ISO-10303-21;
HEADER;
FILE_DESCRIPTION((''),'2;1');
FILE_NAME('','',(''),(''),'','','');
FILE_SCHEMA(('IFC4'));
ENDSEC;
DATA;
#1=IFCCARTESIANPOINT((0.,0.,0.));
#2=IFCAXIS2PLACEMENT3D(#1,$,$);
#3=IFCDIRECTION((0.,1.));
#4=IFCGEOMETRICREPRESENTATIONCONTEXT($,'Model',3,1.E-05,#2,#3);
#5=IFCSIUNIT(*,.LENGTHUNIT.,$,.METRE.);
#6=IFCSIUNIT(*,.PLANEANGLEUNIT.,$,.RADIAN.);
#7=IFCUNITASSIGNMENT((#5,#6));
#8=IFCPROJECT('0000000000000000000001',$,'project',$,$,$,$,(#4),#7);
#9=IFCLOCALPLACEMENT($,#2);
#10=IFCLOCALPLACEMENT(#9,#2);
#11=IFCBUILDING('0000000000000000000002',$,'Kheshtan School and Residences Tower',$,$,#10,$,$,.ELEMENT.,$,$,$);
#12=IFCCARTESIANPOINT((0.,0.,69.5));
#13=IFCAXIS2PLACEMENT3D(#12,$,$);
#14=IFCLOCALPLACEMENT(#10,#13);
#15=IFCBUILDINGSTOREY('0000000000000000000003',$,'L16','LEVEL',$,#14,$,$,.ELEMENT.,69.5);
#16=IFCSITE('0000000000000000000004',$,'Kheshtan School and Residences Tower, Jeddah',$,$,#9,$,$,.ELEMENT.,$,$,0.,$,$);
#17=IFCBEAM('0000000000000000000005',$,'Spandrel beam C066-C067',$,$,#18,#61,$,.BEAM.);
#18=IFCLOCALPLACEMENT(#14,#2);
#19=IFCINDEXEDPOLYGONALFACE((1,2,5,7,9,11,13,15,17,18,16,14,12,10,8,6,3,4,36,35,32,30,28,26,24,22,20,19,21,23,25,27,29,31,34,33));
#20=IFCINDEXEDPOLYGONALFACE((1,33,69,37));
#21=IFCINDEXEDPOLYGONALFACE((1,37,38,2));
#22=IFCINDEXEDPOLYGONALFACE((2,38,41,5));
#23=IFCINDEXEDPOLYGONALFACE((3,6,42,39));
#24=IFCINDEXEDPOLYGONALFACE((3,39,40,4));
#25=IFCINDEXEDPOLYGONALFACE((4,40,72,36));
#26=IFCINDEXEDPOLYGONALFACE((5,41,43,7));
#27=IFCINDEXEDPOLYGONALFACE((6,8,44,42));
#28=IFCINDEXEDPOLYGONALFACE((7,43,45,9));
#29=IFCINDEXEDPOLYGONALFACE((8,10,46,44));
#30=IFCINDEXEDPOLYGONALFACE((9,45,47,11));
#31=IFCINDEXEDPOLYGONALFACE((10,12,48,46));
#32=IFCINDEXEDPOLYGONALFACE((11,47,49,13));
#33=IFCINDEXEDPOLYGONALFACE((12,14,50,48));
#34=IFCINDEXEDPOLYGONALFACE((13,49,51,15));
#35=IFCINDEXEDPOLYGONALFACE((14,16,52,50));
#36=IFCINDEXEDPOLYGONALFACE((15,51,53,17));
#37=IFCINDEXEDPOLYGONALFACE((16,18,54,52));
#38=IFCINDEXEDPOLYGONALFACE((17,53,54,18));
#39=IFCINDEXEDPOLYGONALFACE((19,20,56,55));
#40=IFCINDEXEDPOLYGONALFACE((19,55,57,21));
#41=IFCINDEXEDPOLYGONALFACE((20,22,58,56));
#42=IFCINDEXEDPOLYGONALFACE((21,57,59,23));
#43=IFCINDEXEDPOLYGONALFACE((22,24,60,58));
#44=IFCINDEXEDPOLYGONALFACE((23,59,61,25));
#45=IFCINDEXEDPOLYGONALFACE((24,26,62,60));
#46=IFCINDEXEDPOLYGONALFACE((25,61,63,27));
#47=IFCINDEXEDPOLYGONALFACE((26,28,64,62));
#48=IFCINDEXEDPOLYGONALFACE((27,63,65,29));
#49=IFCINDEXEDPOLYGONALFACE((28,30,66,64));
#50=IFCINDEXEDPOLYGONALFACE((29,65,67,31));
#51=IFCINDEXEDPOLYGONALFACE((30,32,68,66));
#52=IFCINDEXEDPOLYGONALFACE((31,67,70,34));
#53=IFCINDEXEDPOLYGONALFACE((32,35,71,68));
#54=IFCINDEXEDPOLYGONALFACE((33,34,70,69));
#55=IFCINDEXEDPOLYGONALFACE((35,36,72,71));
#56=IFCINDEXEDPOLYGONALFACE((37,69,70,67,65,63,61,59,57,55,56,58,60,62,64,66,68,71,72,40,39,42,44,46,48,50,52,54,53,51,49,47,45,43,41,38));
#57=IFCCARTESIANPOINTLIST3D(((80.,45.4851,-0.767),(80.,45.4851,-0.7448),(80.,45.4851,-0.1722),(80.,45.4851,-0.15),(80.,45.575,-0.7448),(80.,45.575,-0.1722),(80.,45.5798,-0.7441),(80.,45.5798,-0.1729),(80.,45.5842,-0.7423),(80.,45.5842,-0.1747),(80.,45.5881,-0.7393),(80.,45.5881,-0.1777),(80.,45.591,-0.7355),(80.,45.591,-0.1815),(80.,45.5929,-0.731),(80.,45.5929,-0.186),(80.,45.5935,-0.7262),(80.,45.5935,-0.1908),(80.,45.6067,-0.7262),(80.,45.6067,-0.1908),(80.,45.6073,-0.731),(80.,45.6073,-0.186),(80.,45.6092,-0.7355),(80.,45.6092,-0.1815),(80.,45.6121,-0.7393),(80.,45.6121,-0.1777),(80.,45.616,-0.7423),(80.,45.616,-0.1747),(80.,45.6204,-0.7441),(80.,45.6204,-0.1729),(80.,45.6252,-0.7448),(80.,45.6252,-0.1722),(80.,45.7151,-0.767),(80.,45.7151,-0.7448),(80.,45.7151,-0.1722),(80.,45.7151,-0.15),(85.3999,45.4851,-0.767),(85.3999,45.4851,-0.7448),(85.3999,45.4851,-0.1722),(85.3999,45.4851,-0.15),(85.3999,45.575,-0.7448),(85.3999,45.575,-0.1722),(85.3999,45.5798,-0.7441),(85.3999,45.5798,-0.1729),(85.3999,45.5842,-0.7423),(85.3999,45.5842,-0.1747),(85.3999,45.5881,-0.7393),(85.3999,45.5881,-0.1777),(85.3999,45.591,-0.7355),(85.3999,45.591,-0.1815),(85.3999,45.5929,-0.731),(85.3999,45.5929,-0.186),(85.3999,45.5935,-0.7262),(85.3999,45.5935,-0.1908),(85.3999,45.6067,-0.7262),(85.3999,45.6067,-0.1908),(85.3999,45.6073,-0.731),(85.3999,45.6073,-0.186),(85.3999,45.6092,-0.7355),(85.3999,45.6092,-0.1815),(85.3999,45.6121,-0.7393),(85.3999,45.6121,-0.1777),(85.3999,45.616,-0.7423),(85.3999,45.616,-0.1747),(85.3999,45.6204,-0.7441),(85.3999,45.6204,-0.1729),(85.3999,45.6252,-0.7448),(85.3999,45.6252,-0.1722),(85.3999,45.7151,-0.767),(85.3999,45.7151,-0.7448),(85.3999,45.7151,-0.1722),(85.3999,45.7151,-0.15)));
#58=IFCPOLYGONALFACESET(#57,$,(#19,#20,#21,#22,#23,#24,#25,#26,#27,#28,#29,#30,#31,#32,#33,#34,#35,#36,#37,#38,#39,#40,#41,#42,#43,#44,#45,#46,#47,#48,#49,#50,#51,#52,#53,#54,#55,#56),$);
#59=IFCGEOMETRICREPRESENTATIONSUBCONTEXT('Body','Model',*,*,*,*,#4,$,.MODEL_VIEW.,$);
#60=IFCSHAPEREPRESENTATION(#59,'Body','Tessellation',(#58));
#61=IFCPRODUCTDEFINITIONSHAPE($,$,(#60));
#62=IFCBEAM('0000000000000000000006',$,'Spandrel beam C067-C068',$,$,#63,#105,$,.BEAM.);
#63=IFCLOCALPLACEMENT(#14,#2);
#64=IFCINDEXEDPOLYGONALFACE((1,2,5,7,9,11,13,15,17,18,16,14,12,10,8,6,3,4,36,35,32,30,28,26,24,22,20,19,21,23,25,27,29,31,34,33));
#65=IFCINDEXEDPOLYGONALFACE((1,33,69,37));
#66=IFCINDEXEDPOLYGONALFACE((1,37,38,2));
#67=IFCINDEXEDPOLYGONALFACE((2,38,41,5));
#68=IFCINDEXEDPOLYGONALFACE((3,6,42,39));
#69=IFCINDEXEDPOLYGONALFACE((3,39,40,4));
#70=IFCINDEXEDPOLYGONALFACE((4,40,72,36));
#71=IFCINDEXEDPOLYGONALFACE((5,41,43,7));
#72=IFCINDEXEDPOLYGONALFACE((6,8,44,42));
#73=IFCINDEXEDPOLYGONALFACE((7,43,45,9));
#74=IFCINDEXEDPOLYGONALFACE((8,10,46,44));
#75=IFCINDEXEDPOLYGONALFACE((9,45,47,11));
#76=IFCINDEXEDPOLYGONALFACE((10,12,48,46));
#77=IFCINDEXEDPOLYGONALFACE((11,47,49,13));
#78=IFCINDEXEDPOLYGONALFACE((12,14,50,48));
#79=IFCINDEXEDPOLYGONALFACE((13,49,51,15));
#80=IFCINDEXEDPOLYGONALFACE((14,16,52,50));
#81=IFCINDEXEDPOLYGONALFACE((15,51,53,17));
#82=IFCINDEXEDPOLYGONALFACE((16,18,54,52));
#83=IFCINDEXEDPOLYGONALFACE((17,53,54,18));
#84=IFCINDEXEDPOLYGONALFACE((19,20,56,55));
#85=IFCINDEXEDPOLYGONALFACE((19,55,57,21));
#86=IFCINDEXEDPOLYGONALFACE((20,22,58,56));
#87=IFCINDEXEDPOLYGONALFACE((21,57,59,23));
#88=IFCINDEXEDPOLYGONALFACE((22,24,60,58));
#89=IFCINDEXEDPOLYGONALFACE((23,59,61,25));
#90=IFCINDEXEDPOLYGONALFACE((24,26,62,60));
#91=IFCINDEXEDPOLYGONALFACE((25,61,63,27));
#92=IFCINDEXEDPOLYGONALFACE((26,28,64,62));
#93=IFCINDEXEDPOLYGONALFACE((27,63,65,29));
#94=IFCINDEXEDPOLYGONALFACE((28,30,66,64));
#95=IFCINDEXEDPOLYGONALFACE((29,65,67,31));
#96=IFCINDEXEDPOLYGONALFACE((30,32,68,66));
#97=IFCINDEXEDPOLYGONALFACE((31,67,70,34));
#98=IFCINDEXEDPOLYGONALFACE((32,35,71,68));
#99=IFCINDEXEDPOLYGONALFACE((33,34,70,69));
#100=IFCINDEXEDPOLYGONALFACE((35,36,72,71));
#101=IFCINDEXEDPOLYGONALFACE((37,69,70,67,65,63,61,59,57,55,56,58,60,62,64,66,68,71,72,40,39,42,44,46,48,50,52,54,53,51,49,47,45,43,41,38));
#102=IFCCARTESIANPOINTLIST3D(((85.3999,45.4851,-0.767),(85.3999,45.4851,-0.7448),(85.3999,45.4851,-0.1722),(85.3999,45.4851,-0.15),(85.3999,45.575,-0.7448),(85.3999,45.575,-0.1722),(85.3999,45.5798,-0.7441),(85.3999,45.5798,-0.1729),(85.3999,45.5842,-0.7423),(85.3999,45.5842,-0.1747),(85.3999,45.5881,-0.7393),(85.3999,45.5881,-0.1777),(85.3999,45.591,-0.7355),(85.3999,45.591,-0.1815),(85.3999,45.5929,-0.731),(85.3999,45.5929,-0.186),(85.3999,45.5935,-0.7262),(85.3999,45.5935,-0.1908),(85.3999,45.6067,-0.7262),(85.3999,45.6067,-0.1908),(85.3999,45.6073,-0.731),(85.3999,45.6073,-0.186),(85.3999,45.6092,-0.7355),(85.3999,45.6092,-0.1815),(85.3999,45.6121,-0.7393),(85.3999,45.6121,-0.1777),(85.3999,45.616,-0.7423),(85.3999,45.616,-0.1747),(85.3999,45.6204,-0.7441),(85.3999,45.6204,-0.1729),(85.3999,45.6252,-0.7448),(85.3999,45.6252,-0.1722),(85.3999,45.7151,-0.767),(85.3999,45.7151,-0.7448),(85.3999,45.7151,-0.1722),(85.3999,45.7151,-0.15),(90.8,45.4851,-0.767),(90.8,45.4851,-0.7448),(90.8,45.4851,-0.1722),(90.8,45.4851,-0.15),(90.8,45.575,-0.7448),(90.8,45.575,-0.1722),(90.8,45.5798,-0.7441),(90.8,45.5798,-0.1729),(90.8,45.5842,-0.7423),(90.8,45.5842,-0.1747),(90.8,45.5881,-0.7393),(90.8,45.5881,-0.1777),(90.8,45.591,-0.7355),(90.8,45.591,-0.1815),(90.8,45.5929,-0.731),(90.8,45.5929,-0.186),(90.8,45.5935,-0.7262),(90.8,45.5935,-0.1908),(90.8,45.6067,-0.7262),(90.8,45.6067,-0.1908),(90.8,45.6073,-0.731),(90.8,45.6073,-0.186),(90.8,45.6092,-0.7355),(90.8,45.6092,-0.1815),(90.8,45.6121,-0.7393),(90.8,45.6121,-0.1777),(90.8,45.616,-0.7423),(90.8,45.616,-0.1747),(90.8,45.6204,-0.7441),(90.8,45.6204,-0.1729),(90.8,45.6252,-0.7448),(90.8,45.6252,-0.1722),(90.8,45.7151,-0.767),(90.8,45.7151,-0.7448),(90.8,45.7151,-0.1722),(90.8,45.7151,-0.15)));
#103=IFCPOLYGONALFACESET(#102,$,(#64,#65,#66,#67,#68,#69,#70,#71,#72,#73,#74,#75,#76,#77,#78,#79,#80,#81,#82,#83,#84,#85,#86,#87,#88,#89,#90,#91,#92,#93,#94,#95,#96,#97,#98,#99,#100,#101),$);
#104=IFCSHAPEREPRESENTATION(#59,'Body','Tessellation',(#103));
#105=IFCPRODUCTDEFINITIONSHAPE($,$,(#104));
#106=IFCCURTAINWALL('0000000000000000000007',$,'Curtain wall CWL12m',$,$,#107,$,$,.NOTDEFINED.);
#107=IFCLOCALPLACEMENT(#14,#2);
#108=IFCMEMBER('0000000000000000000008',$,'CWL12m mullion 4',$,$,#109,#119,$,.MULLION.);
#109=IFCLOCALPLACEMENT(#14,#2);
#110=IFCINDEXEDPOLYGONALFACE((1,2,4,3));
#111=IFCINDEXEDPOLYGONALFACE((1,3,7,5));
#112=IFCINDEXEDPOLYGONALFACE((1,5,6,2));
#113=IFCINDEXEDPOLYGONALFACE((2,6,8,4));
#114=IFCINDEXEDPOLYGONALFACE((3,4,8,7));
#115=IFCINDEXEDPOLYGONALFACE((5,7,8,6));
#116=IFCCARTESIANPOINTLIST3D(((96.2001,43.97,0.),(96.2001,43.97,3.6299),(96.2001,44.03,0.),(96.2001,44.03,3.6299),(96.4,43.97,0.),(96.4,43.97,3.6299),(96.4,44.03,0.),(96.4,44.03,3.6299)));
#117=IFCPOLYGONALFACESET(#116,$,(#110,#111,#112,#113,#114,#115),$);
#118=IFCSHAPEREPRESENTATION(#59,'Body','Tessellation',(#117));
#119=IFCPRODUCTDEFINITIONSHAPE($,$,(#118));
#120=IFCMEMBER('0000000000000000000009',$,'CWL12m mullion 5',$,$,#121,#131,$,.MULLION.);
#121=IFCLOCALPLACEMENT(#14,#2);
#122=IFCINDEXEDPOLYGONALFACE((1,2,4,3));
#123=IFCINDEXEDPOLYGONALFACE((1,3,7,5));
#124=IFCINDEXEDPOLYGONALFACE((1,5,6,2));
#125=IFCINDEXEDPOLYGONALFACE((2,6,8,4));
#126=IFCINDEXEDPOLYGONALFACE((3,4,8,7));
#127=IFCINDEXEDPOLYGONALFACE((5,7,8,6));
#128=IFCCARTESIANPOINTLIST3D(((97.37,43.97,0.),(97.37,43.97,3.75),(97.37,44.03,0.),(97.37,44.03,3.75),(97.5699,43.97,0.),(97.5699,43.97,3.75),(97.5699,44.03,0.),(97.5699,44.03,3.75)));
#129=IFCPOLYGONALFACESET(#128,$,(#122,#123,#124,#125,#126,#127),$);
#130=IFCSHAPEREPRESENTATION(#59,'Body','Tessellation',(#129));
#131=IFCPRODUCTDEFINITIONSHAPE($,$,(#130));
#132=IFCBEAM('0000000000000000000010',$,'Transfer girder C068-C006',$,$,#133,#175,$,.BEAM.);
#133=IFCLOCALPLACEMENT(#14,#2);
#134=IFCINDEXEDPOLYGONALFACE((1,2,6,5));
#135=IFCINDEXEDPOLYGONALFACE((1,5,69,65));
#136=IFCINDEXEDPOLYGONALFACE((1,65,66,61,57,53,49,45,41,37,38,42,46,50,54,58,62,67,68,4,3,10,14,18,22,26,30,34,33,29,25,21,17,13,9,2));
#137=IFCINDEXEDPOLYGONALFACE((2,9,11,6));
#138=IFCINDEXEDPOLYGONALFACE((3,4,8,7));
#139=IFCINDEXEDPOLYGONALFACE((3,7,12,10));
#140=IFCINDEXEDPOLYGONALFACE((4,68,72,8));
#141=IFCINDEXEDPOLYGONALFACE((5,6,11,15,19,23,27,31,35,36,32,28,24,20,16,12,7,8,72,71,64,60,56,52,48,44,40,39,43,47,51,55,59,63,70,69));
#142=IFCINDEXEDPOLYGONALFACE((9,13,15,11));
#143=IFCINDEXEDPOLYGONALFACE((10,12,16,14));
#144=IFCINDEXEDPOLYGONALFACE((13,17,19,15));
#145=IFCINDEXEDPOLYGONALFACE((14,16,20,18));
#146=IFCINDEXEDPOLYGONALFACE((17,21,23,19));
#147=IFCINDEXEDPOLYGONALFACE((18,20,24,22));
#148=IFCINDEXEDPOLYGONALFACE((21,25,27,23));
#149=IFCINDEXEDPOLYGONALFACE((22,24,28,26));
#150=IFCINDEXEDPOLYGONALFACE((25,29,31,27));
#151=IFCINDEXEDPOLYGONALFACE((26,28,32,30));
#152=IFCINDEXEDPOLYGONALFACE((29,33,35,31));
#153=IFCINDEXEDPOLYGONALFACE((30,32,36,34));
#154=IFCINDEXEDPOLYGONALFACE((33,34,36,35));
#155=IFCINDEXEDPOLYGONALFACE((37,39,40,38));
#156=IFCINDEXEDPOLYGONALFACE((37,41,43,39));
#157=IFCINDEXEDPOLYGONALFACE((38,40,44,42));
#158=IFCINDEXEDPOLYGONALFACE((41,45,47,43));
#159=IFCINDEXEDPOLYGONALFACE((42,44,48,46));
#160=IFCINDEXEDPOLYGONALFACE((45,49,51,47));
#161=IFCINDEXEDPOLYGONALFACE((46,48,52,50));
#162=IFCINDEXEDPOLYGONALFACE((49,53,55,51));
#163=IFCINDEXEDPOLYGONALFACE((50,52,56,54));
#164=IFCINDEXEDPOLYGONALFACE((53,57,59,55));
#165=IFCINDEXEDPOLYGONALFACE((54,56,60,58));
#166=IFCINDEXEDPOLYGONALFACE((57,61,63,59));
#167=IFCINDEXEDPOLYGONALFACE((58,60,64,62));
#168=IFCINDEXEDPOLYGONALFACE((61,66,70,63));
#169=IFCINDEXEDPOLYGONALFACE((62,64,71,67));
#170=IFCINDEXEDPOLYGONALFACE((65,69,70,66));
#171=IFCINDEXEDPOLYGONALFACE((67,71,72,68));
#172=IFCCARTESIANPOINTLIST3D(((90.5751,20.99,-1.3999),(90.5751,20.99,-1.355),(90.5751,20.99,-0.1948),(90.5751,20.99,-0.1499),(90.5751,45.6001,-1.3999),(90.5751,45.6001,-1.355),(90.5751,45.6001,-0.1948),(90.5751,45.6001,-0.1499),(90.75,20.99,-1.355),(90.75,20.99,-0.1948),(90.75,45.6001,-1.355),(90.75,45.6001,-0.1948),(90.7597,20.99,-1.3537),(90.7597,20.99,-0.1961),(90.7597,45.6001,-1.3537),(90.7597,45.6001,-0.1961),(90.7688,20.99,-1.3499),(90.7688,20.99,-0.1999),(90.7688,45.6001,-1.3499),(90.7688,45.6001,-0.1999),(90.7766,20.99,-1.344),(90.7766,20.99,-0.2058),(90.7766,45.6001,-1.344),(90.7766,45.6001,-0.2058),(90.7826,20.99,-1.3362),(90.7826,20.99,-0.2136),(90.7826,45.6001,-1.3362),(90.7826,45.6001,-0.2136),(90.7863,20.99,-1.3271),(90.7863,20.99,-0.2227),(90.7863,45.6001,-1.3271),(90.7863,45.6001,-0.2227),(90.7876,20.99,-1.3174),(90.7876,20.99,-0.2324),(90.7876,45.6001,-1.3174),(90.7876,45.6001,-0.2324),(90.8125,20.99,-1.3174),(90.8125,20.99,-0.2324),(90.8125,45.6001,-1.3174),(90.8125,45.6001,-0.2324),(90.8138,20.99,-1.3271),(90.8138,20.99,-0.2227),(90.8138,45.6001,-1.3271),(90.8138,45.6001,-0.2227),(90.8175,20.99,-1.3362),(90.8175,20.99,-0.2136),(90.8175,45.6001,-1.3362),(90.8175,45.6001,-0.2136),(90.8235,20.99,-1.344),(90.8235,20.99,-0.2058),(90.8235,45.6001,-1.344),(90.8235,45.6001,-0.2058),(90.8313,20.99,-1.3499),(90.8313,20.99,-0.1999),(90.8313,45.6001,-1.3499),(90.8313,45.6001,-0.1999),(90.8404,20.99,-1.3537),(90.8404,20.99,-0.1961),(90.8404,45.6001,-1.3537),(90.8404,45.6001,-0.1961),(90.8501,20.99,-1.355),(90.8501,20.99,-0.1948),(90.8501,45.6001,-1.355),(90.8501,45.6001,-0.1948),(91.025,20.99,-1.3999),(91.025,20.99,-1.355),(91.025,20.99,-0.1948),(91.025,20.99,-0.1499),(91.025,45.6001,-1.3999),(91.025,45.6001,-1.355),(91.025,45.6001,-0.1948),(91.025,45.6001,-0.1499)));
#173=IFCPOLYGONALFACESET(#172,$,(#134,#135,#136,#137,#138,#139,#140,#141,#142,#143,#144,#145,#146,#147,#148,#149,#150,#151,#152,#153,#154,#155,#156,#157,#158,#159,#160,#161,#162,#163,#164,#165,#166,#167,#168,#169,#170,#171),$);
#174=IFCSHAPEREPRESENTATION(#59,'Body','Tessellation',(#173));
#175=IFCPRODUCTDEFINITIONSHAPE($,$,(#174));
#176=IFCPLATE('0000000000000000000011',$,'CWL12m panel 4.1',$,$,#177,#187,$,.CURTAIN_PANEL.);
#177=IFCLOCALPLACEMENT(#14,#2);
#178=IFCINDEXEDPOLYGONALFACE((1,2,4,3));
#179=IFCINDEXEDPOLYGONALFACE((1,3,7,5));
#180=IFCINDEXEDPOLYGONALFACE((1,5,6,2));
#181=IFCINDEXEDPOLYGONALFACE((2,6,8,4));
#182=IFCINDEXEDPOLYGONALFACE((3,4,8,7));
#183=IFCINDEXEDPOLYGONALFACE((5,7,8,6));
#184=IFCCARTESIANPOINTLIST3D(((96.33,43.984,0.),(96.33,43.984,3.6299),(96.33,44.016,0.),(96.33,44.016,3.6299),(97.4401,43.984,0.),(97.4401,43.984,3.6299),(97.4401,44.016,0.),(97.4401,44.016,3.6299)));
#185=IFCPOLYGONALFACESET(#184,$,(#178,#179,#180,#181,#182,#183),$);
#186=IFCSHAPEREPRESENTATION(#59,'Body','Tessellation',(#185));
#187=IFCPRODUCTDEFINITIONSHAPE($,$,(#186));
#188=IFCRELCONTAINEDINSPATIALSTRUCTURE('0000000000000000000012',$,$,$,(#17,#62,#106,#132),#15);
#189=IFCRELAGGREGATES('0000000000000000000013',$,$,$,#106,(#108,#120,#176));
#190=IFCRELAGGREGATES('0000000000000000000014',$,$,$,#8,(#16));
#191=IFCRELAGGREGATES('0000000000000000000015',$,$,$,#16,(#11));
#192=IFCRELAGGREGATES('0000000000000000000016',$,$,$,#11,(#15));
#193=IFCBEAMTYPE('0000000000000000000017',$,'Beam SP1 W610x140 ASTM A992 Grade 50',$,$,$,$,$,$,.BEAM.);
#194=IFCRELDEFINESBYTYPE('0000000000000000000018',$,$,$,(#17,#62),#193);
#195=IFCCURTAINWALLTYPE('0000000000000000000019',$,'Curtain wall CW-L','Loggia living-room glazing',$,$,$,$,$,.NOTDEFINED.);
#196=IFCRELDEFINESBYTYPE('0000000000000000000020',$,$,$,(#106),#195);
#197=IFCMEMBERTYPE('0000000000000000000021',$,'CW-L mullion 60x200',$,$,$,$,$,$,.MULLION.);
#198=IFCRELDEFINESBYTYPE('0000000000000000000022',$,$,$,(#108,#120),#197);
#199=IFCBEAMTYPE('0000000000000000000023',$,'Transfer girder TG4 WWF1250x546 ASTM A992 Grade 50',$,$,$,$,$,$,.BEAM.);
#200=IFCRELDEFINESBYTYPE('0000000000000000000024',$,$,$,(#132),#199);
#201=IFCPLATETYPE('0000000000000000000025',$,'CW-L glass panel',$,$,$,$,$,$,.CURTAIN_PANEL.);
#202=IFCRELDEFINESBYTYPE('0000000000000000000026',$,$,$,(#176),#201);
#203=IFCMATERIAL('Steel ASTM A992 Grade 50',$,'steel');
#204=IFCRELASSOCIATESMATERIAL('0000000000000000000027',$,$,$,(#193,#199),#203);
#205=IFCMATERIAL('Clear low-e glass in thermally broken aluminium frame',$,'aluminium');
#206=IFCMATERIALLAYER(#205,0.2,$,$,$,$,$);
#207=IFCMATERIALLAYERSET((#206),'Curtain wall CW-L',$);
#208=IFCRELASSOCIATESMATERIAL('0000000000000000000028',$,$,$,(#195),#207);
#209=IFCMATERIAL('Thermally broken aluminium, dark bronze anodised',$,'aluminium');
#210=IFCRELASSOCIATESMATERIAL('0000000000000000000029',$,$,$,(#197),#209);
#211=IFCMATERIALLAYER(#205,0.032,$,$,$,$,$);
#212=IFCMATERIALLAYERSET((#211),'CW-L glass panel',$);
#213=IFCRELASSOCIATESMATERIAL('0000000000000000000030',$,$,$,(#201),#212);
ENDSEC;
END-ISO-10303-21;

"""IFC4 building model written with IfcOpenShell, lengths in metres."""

from ifc_helpers import new_model, si_unit, direction, frame, origin, origin_2d, place, context, subcontext, project, spatial, rectangle, i_section, extrude, material, layer, layer_set, material_profile, profile_set, type_object, element, aggregate, save


model = new_model("IFC4")

# Units and contexts
model_context = context("Model", 3, precision=1e-05, world=origin(), true_north=direction((0.0, 1.0)))
body_context = subcontext(model_context, "Body", "Model", "MODEL_VIEW")
ifc_project = project(units=[si_unit("LENGTHUNIT", "METRE"), si_unit("PLANEANGLEUNIT", "RADIAN")], contexts=[model_context])

# Site, building, storey
site_placement = place(None, origin())
site = spatial("IfcSite", under=ifc_project, at=site_placement, Name="Kheshtan School and Residences Tower, Jeddah", CompositionType="ELEMENT", RefElevation=0.0)
building_placement = place(site_placement, origin())
building = spatial("IfcBuilding", under=site, at=building_placement, Name="Kheshtan School and Residences Tower", CompositionType="ELEMENT")
storey_placement = place(building_placement, frame((0.0, 0.0, 69.5)))
storey = spatial("IfcBuildingStorey", under=building, at=storey_placement, Name="L16", Description="LEVEL", CompositionType="ELEMENT", Elevation=69.5)

# Shared definitions
ifc_material_1 = material(Name="Steel ASTM A992 Grade 50", Category="steel")

# Beams
ifc_material_profile_1 = material_profile(ifc_material_1, i_section(OverallWidth=0.23, OverallDepth=0.6169, WebThickness=0.0132, FlangeThickness=0.0222, FilletRadius=0.0186, at=origin_2d()), Name="W610x140")
ifc_profile_set_1 = profile_set([ifc_material_profile_1], Name="Steel ASTM A992 Grade 50")
beam_type_1 = type_object("IfcBeamType", Name="Beam SP1 W610x140 ASTM A992 Grade 50", PredefinedType="BEAM", material=ifc_profile_set_1)
for number, where, z_axis, x_axis, name in (
    (1, (80.0, 45.6001, -0.4585), (1.0, 0.0, 0.0), (0.0, 1.0, 0.0), "Spandrel beam C066-C067"),
):
    element("IfcBeam", number, at=place(storey_placement, frame(where, z_axis=z_axis, x_axis=x_axis)), inside=storey, type_object=beam_type_1, Name=name, PredefinedType="BEAM", context=body_context, shape_type="SweptSolid", body=[
        extrude(i_section(OverallWidth=0.23, OverallDepth=0.6169, WebThickness=0.0132, FlangeThickness=0.0222, FilletRadius=0.0186, at=origin_2d()), origin(), (0.0, 0.0, 1.0), 5.3999),
    ])
beam_1_placement = place(storey_placement, frame((85.3999, 45.6001, -0.4585), z_axis=(1.0, 0.0, 0.0), x_axis=(0.0, 1.0, 0.0)))
element("IfcBeam", 2, at=beam_1_placement, inside=storey, type_object=beam_type_1, Name="Spandrel beam C067-C068", PredefinedType="BEAM", context=body_context, shape_type="SweptSolid", body=[
    extrude(i_section(OverallWidth=0.23, OverallDepth=0.6169, WebThickness=0.0132, FlangeThickness=0.0222, FilletRadius=0.0186, at=origin_2d()), origin(), (0.0, 0.0, 1.0), 5.4001),
])

# Curtain wall, members
ifc_material_2 = material(Name="Clear low-e glass in thermally broken aluminium frame", Category="aluminium")
ifc_layer_1 = layer(ifc_material_2, 0.2)
ifc_layer_set_1 = layer_set([ifc_layer_1], Name="Curtain wall CW-L")
curtain_wall_type = type_object("IfcCurtainWallType", Name="Curtain wall CW-L", Description="Loggia living-room glazing", PredefinedType="NOTDEFINED", material=ifc_layer_set_1)
curtain_wall_placement = place(storey_placement, origin())
curtain_wall = element("IfcCurtainWall", 3, at=curtain_wall_placement, inside=storey, type_object=curtain_wall_type, Name="Curtain wall CWL12m", PredefinedType="NOTDEFINED")
ifc_material_3 = material(Name="Thermally broken aluminium, dark bronze anodised", Category="aluminium")
ifc_material_profile_2 = material_profile(ifc_material_3, rectangle(XDim=0.0601, YDim=0.2, at=origin_2d()), Name="CW-L mullion 60x200")
ifc_profile_set_2 = profile_set([ifc_material_profile_2], Name="Thermally broken aluminium, dark bronze anodised")
member_type = type_object("IfcMemberType", Name="CW-L mullion 60x200", PredefinedType="MULLION", material=ifc_profile_set_2)
member_1_placement = place(storey_placement, frame((96.3, 44.0, 0.0), z_axis=(0.0, 0.0, 1.0), x_axis=(0.0, 1.0, 0.0)))
member_1 = element("IfcMember", 4, at=member_1_placement, type_object=member_type, Name="CWL12m mullion 4", PredefinedType="MULLION", context=body_context, shape_type="SweptSolid", body=[
    extrude(rectangle(XDim=0.0601, YDim=0.2, at=origin_2d()), origin(), (0.0, 0.0, 1.0), 3.6299),
])
member_2_placement = place(storey_placement, frame((97.47, 44.0, 0.0), z_axis=(0.0, 0.0, 1.0), x_axis=(0.0, 1.0, 0.0)))
member_2 = element("IfcMember", 5, at=member_2_placement, type_object=member_type, Name="CWL12m mullion 5", PredefinedType="MULLION", context=body_context, shape_type="SweptSolid", body=[
    extrude(rectangle(XDim=0.0601, YDim=0.2, at=origin_2d()), origin(), (0.0, 0.0, 1.0), 3.75),
])

# Beam
ifc_material_profile_3 = material_profile(ifc_material_1, i_section(OverallWidth=0.45, OverallDepth=1.25, WebThickness=0.0249, FlangeThickness=0.0449, FilletRadius=0.0376, at=origin_2d()), Name="WWF1250x546")
ifc_profile_set_3 = profile_set([ifc_material_profile_3], Name="Steel ASTM A992 Grade 50")
beam_type_2 = type_object("IfcBeamType", Name="Transfer girder TG4 WWF1250x546 ASTM A992 Grade 50", PredefinedType="BEAM", material=ifc_profile_set_3)
beam_2_placement = place(storey_placement, frame((90.8, 45.6001, -0.7749), z_axis=(0.0, -1.0, 0.0), x_axis=(1.0, 0.0, 0.0)))
element("IfcBeam", 6, at=beam_2_placement, inside=storey, type_object=beam_type_2, Name="Transfer girder C068-C006", PredefinedType="BEAM", context=body_context, shape_type="SweptSolid", body=[
    extrude(i_section(OverallWidth=0.45, OverallDepth=1.25, WebThickness=0.0249, FlangeThickness=0.0449, FilletRadius=0.0376, at=origin_2d()), origin(), (0.0, 0.0, 1.0), 24.6101),
])

# Plate
ifc_layer_2 = layer(ifc_material_2, 0.032)
ifc_layer_set_2 = layer_set([ifc_layer_2], Name="CW-L glass panel")
plate_type = type_object("IfcPlateType", Name="CW-L glass panel", PredefinedType="CURTAIN_PANEL", material=ifc_layer_set_2)
plate_placement = place(storey_placement, frame((96.885, 44.0, 0.0), z_axis=(0.0, 0.0, 1.0), x_axis=(1.0, 0.0, 0.0)))
plate = element("IfcPlate", 7, at=plate_placement, type_object=plate_type, Name="CWL12m panel 4.1", PredefinedType="CURTAIN_PANEL", context=body_context, shape_type="SweptSolid", body=[
    extrude(rectangle(XDim=1.1101, YDim=0.032, at=origin_2d()), origin(), (0.0, 0.0, 1.0), 3.6299),
])
aggregate(curtain_wall, [member_1, member_2, plate])

save(model, "model.ifc")
